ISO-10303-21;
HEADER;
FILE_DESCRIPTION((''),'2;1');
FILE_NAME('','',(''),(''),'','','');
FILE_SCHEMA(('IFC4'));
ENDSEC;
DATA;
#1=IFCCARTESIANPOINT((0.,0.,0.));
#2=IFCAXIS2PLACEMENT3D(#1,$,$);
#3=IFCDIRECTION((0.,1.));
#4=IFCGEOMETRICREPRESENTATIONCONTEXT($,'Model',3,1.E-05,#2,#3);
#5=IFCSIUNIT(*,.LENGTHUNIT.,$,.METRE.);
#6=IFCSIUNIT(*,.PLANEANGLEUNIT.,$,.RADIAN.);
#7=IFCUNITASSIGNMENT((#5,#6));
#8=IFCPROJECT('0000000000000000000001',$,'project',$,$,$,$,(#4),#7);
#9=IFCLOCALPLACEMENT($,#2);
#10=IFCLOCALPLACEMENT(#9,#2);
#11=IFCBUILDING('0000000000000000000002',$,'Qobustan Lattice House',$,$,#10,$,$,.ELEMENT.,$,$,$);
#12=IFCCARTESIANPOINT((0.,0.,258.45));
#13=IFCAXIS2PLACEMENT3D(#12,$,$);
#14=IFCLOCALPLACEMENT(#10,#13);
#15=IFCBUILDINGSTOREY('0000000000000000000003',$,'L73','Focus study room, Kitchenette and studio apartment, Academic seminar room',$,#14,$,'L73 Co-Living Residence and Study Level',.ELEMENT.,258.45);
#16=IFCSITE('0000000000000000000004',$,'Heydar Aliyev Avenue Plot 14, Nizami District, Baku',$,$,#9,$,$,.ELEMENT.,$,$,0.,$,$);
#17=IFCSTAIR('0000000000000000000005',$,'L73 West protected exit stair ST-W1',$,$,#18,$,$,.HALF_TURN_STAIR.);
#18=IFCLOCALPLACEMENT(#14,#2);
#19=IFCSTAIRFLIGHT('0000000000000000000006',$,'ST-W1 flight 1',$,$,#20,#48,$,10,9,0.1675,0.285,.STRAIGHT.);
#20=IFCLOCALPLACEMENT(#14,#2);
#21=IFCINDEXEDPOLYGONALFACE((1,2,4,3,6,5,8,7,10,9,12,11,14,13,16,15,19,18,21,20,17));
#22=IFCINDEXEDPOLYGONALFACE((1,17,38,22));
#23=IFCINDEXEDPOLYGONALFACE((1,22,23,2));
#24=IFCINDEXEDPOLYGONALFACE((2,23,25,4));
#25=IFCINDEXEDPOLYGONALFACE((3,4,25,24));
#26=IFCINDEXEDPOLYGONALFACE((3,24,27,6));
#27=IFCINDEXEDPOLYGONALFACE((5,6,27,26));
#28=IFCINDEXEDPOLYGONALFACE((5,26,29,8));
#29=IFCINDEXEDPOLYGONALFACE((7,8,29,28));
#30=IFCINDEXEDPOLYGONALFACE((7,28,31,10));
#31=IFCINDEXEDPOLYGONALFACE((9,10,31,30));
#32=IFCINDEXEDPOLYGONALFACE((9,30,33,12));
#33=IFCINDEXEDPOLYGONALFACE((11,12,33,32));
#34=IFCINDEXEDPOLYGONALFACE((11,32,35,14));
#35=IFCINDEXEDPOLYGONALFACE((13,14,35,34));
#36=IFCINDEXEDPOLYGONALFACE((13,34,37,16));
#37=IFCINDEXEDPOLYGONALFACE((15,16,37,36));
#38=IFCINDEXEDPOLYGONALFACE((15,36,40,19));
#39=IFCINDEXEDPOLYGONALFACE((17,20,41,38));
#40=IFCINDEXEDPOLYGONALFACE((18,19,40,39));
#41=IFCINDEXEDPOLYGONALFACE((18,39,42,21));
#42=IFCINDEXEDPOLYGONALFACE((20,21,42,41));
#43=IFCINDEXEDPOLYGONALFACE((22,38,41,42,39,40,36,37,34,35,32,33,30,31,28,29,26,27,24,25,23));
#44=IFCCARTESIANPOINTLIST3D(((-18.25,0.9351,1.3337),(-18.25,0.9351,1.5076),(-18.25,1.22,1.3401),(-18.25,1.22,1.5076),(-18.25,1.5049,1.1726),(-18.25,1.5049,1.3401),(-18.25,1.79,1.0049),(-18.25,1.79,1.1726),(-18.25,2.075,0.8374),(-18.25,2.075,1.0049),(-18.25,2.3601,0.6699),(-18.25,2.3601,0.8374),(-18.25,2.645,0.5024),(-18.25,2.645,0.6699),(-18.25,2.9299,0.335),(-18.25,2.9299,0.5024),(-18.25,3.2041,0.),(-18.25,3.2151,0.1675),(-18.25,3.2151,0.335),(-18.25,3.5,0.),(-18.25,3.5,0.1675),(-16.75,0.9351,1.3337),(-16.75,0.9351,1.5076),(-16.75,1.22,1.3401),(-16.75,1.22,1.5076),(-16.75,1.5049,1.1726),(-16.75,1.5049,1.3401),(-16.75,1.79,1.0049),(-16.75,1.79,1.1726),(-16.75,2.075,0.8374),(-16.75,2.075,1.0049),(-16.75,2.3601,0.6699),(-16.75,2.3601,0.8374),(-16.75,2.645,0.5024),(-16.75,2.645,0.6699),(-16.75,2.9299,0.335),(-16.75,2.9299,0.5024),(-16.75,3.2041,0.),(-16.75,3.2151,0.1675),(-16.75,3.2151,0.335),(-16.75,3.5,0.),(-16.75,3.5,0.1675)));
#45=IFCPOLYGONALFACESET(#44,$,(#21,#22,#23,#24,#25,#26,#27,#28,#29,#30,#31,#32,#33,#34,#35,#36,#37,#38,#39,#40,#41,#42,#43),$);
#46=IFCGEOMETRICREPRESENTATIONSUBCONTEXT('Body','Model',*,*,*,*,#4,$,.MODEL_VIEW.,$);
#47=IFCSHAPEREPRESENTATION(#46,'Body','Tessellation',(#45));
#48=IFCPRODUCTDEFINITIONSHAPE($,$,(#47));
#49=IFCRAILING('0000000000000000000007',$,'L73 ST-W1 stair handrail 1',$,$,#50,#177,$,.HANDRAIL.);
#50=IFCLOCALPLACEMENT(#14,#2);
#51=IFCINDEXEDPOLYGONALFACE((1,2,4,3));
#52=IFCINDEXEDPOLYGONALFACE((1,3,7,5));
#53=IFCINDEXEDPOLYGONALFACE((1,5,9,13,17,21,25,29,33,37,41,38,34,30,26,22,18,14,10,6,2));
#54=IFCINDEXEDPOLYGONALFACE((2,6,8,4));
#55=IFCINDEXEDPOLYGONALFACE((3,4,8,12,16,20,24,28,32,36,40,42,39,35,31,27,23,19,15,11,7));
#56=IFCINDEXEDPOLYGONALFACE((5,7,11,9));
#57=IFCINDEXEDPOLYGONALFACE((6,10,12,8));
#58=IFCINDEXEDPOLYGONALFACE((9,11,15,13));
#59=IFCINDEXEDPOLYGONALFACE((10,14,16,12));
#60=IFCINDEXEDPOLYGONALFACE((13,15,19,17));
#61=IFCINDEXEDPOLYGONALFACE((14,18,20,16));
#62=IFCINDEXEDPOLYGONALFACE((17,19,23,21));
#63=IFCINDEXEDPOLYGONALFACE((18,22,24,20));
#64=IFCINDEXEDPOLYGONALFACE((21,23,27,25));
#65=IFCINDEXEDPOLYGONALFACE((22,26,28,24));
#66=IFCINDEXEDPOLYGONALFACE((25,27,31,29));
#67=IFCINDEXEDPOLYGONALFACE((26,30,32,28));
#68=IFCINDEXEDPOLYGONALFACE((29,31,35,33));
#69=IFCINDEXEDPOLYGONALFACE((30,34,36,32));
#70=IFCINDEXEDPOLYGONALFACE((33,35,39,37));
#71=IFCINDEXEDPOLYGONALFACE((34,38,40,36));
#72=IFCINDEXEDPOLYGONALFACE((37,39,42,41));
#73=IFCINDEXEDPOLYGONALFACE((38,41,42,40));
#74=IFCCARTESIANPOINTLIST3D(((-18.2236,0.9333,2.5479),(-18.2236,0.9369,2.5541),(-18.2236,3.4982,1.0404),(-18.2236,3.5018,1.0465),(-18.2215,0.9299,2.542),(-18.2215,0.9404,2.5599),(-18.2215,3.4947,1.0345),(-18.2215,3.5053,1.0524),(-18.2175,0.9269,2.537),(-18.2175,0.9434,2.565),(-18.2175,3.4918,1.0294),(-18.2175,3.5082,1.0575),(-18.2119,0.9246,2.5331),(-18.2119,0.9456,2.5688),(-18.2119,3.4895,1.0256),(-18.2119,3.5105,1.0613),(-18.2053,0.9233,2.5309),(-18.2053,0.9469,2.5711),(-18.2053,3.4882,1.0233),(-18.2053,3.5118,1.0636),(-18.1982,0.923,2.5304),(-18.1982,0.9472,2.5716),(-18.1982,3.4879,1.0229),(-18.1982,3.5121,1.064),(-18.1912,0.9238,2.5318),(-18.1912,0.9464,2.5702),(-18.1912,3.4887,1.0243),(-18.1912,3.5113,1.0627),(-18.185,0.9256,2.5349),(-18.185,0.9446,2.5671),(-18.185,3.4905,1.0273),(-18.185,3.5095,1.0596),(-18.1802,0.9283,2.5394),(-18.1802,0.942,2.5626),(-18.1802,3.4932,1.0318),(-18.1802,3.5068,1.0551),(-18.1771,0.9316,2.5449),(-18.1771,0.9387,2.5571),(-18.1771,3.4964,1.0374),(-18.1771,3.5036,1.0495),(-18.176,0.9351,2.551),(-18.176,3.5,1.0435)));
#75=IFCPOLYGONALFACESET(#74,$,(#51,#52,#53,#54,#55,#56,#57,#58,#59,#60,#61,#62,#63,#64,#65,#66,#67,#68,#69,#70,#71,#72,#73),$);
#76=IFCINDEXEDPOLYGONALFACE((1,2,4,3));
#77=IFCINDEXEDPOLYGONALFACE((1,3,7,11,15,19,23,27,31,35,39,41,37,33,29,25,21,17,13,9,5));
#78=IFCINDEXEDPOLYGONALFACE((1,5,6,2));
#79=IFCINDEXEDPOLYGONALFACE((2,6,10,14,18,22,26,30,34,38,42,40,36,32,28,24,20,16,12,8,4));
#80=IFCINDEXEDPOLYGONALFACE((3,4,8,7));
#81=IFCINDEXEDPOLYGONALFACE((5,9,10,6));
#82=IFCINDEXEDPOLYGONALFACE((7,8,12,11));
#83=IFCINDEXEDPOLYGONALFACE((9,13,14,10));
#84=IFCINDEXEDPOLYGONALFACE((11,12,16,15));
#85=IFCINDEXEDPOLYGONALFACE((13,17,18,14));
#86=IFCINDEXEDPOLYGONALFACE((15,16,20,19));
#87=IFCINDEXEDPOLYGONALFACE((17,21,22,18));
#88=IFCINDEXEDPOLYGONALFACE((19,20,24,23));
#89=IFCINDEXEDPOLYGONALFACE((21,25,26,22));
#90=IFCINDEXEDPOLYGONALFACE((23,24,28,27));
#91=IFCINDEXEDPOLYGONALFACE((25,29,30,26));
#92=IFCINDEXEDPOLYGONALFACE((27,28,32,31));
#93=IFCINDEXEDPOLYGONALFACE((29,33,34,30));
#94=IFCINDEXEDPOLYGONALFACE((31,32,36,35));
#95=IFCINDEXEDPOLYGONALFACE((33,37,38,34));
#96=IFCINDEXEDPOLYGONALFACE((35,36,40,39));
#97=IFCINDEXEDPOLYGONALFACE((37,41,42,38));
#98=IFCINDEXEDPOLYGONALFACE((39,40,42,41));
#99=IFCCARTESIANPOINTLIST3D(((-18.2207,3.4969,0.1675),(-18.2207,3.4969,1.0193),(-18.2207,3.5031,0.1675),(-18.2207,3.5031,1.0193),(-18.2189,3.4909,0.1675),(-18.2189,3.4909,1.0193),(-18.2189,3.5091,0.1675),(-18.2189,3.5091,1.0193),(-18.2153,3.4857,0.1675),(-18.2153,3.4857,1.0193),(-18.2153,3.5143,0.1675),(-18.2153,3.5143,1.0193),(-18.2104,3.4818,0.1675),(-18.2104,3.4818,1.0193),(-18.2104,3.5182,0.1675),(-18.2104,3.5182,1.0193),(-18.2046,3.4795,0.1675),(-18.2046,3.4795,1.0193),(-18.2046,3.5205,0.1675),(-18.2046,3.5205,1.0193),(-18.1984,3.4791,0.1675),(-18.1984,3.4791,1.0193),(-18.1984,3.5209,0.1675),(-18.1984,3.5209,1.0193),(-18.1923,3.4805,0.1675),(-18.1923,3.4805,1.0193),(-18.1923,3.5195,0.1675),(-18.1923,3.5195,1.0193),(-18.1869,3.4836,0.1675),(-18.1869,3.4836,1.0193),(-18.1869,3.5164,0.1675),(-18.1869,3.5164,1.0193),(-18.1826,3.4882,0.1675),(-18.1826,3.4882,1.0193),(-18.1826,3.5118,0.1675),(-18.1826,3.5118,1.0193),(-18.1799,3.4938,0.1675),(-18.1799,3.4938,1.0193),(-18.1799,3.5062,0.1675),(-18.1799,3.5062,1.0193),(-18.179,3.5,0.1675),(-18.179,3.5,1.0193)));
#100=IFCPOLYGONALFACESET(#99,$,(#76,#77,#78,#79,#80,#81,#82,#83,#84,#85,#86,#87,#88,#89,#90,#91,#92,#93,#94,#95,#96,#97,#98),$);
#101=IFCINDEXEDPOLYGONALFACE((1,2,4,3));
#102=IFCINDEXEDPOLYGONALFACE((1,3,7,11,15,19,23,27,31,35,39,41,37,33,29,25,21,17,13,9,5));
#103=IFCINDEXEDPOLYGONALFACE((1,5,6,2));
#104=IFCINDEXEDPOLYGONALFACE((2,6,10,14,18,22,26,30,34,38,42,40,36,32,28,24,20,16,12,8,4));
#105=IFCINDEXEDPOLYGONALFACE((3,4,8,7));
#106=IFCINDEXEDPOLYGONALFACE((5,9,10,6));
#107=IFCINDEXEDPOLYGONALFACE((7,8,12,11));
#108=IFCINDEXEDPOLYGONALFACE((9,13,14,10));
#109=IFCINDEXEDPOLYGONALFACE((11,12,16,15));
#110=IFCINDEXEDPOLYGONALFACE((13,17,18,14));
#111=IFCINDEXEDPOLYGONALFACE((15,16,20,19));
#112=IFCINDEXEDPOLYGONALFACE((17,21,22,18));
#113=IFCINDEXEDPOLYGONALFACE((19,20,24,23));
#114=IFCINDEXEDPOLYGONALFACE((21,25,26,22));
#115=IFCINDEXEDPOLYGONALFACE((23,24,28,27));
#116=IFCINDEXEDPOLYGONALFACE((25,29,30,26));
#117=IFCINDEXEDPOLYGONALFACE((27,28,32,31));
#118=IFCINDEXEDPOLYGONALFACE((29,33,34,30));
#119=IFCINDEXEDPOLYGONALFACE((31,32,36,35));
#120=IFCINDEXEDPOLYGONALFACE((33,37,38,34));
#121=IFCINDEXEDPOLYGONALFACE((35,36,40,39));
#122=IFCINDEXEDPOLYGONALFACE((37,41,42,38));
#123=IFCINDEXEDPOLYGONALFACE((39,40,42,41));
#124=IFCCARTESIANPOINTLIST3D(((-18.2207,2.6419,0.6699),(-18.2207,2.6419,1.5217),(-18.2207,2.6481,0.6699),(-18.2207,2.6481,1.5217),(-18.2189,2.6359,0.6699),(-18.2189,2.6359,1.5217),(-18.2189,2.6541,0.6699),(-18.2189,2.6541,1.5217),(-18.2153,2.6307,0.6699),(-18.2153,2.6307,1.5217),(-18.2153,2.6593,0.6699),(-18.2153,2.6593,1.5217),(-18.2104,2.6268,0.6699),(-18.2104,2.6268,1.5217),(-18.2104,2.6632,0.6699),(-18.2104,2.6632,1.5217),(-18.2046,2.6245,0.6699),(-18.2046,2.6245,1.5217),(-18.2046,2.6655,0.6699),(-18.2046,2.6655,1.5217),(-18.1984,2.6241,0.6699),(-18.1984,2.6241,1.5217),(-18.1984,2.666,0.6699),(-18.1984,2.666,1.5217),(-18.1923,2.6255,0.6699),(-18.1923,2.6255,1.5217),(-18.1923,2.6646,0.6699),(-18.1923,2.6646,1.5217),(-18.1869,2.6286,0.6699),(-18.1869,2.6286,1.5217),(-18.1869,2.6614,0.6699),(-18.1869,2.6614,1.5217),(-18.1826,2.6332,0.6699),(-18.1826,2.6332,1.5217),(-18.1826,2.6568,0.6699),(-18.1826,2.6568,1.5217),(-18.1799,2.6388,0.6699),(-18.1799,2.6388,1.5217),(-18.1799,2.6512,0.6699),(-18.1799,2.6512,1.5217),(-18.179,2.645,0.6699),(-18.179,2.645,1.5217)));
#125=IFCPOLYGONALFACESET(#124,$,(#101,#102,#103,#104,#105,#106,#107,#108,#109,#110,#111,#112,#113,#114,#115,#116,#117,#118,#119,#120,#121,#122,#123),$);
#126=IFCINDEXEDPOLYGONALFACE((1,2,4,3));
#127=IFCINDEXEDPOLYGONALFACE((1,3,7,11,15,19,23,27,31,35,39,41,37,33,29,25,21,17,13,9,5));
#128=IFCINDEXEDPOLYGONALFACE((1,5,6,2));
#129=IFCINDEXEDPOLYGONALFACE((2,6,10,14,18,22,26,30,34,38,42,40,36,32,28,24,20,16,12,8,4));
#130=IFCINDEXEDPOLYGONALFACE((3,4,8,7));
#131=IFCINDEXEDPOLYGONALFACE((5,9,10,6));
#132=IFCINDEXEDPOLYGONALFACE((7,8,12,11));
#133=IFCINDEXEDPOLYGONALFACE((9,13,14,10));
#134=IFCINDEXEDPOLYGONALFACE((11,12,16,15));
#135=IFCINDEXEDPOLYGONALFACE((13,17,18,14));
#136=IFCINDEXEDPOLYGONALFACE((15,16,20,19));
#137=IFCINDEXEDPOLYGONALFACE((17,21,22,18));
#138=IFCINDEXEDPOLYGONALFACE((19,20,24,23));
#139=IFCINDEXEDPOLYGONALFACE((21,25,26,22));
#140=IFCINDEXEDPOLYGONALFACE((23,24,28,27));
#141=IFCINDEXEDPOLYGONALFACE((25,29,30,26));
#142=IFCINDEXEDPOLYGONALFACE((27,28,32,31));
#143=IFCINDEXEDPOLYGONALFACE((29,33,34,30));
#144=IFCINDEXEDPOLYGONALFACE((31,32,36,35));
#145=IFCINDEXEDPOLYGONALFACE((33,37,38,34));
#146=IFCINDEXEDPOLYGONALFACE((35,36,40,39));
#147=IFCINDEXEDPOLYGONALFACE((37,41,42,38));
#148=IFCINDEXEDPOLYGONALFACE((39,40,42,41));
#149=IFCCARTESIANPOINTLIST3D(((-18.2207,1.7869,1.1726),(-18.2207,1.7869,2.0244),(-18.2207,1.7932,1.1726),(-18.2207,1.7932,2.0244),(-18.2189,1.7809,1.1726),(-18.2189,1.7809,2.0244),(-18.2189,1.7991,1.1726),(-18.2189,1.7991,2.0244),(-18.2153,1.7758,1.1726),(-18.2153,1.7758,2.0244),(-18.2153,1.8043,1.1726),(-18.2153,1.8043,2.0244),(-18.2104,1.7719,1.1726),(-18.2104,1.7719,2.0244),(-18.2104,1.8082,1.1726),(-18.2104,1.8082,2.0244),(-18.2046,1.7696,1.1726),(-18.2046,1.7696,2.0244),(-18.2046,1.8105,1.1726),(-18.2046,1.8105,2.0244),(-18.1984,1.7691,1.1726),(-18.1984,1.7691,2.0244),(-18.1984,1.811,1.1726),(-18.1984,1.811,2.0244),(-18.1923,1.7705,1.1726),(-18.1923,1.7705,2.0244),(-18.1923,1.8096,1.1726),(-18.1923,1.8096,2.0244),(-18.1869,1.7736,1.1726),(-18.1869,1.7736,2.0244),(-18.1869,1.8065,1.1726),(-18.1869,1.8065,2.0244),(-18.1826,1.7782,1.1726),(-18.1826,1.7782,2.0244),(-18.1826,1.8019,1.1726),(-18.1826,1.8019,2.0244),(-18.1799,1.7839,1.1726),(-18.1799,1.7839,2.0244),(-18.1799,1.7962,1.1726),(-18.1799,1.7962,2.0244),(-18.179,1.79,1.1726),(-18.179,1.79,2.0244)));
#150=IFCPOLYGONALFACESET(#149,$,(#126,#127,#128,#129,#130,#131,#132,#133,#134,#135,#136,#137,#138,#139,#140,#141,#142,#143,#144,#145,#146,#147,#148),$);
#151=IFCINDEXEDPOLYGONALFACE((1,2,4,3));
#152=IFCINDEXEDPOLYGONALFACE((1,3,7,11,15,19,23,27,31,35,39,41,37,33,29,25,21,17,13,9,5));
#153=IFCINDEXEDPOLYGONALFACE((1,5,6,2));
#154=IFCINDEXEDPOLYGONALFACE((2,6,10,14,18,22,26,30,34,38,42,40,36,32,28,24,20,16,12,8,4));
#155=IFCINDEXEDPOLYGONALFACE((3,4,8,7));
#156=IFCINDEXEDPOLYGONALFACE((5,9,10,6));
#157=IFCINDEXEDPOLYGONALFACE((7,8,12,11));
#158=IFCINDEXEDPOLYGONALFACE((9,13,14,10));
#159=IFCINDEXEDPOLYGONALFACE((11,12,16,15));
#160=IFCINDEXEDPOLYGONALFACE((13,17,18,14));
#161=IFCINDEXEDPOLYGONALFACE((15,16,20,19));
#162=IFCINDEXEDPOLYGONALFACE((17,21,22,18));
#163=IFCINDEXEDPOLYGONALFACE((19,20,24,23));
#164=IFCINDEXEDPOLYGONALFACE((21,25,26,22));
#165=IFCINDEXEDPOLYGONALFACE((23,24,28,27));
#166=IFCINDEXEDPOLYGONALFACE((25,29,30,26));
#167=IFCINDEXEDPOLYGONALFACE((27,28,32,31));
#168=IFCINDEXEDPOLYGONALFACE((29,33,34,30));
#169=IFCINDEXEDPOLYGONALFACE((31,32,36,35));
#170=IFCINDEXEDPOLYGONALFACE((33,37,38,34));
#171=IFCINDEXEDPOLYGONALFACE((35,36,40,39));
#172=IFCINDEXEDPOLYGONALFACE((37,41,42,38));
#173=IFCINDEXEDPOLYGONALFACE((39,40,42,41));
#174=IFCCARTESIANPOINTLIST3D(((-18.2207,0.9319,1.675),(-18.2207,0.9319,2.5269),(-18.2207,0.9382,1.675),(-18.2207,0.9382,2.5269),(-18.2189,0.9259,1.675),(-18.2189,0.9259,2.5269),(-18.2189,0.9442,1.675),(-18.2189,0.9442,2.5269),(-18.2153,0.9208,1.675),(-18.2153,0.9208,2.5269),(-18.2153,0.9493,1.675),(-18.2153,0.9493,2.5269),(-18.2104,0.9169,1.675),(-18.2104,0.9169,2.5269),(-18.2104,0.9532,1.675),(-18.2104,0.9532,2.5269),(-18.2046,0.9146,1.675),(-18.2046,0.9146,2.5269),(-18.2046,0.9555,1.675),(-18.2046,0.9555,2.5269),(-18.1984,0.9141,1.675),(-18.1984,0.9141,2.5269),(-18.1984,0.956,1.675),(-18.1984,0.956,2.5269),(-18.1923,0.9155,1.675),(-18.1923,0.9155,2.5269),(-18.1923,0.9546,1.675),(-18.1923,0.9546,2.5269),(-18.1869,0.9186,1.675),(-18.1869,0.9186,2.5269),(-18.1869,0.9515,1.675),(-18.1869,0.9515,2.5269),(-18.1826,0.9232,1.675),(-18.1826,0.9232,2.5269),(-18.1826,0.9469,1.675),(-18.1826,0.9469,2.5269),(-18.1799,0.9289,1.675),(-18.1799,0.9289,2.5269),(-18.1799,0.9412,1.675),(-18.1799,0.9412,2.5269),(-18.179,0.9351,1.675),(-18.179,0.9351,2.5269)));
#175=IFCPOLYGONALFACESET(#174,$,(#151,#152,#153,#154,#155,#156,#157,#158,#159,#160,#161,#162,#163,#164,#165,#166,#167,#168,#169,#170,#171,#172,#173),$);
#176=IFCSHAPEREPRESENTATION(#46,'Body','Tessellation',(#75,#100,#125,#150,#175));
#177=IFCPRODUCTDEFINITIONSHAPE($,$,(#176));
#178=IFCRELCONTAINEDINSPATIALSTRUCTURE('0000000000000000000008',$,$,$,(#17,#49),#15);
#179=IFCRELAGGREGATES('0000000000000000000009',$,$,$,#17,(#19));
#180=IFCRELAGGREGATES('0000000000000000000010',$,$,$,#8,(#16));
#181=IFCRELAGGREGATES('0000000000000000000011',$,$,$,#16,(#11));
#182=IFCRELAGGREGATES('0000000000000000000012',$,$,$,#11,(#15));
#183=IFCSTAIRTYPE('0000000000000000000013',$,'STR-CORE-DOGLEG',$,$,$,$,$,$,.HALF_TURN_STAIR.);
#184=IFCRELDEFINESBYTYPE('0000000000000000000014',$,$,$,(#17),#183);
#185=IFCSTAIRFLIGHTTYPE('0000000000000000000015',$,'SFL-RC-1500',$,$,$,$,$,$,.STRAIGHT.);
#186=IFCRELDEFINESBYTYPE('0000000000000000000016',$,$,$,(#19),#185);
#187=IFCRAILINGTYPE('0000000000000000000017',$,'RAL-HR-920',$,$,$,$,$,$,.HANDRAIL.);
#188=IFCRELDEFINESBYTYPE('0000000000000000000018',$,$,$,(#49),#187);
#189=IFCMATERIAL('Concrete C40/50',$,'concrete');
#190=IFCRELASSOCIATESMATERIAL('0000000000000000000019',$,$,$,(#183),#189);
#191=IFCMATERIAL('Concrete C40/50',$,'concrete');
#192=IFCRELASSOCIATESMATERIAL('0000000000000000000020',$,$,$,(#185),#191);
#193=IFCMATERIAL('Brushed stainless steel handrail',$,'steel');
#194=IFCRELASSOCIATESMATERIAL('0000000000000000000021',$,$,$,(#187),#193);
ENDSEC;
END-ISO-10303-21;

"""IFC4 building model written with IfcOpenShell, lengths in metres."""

from ifc_helpers import new_model, si_unit, direction, frame, origin, origin_2d, place, context, subcontext, project, spatial, polyline, circle, outline, extrude, material, type_object, element, aggregate, save


model = new_model("IFC4")

# Units and contexts
model_context = context("Model", 3, precision=1e-05, world=origin(), true_north=direction((0.0, 1.0)))
body_context = subcontext(model_context, "Body", "Model", "MODEL_VIEW")
ifc_project = project(units=[si_unit("LENGTHUNIT", "METRE"), si_unit("PLANEANGLEUNIT", "RADIAN")], contexts=[model_context])

# Site, building, storey
site_placement = place(None, origin())
site = spatial("IfcSite", under=ifc_project, at=site_placement, Name="Heydar Aliyev Avenue Plot 14, Nizami District, Baku", CompositionType="ELEMENT", RefElevation=0.0)
building_placement = place(site_placement, origin())
building = spatial("IfcBuilding", under=site, at=building_placement, Name="Qobustan Lattice House", CompositionType="ELEMENT")
storey_placement = place(building_placement, frame((0.0, 0.0, 258.45)))
storey = spatial("IfcBuildingStorey", under=building, at=storey_placement, Name="L73", Description="Focus study room, Kitchenette and studio apartment, Academic seminar room", LongName="L73 Co-Living Residence and Study Level", CompositionType="ELEMENT", Elevation=258.45)

# Stair, stair flight
ifc_material_1 = material(Name="Concrete C40/50", Category="concrete")
stair_type = type_object("IfcStairType", Name="STR-CORE-DOGLEG", PredefinedType="HALF_TURN_STAIR", material=ifc_material_1)
stair_placement = place(storey_placement, origin())
stair = element("IfcStair", 1, at=stair_placement, inside=storey, type_object=stair_type, Name="L73 West protected exit stair ST-W1", PredefinedType="HALF_TURN_STAIR")
ifc_material_2 = material(Name="Concrete C40/50", Category="concrete")
stair_flight_type = type_object("IfcStairFlightType", Name="SFL-RC-1500", PredefinedType="STRAIGHT", material=ifc_material_2)
stair_flight_placement = place(storey_placement, frame((-17.5, 3.5, 0.0), z_axis=(0.0, 0.0, 1.0), x_axis=(0.0, -1.0, 0.0)))
stair_flight = element("IfcStairFlight", 2, at=stair_flight_placement, type_object=stair_flight_type, Name="ST-W1 flight 1", NumberOfRisers=10, NumberOfTreads=9, PredefinedType="STRAIGHT", RiserHeight=0.1675, TreadLength=0.285, context=body_context, shape_type="SweptSolid", body=[
    extrude(outline(polyline([(0.0, 0.0), (0.0, 0.1675), (0.2849, 0.1675), (0.2849, 0.335), (0.5701, 0.335), (0.5701, 0.5024), (0.855, 0.5024), (0.855, 0.6699), (1.1399, 0.6699), (1.1399, 0.8374), (1.425, 0.8374), (1.425, 1.0049), (1.71, 1.0049), (1.71, 1.1726), (1.9951, 1.1726), (1.9951, 1.3401), (2.28, 1.3401), (2.28, 1.5076), (2.5649, 1.5076), (2.5649, 1.675), (2.5649, 1.3337), (0.2959, 0.0), (0.0, 0.0)])), frame((0.0, 0.75, 0.0), z_axis=(0.0, -1.0, 0.0), x_axis=(1.0, 0.0, 0.0)), (0.0, 0.0, 1.0), 1.5),
])
aggregate(stair, [stair_flight])

# Railing
ifc_material_3 = material(Name="Brushed stainless steel handrail", Category="steel")
railing_type = type_object("IfcRailingType", Name="RAL-HR-920", PredefinedType="HANDRAIL", material=ifc_material_3)
railing_placement = place(storey_placement, frame((-18.2, 3.5, 0.1675)))
element("IfcRailing", 3, at=railing_placement, inside=storey, type_object=railing_type, Name="L73 ST-W1 stair handrail 1", PredefinedType="HANDRAIL", context=body_context, shape_type="SweptSolid", body=[
    extrude(circle(Radius=0.0239, at=origin_2d()), frame((0.0, 0.0, 0.876), z_axis=(0.0, -0.862113, 0.506715), x_axis=(1.0, 0.0, 0.0)), (0.0, 0.0, 1.0), 2.9751),
    extrude(circle(Radius=0.021, at=origin_2d()), origin(), (0.0, 0.0, 1.0), 0.8518),
    extrude(circle(Radius=0.021, at=origin_2d()), frame((0.0, -0.855, 0.5024)), (0.0, 0.0, 1.0), 0.8518),
    extrude(circle(Radius=0.021, at=origin_2d()), frame((0.0, -1.71, 1.0051)), (0.0, 0.0, 1.0), 0.8518),
    extrude(circle(Radius=0.021, at=origin_2d()), frame((0.0, -2.5649, 1.5076)), (0.0, 0.0, 1.0), 0.8518),
])

save(model, "model.ifc")
